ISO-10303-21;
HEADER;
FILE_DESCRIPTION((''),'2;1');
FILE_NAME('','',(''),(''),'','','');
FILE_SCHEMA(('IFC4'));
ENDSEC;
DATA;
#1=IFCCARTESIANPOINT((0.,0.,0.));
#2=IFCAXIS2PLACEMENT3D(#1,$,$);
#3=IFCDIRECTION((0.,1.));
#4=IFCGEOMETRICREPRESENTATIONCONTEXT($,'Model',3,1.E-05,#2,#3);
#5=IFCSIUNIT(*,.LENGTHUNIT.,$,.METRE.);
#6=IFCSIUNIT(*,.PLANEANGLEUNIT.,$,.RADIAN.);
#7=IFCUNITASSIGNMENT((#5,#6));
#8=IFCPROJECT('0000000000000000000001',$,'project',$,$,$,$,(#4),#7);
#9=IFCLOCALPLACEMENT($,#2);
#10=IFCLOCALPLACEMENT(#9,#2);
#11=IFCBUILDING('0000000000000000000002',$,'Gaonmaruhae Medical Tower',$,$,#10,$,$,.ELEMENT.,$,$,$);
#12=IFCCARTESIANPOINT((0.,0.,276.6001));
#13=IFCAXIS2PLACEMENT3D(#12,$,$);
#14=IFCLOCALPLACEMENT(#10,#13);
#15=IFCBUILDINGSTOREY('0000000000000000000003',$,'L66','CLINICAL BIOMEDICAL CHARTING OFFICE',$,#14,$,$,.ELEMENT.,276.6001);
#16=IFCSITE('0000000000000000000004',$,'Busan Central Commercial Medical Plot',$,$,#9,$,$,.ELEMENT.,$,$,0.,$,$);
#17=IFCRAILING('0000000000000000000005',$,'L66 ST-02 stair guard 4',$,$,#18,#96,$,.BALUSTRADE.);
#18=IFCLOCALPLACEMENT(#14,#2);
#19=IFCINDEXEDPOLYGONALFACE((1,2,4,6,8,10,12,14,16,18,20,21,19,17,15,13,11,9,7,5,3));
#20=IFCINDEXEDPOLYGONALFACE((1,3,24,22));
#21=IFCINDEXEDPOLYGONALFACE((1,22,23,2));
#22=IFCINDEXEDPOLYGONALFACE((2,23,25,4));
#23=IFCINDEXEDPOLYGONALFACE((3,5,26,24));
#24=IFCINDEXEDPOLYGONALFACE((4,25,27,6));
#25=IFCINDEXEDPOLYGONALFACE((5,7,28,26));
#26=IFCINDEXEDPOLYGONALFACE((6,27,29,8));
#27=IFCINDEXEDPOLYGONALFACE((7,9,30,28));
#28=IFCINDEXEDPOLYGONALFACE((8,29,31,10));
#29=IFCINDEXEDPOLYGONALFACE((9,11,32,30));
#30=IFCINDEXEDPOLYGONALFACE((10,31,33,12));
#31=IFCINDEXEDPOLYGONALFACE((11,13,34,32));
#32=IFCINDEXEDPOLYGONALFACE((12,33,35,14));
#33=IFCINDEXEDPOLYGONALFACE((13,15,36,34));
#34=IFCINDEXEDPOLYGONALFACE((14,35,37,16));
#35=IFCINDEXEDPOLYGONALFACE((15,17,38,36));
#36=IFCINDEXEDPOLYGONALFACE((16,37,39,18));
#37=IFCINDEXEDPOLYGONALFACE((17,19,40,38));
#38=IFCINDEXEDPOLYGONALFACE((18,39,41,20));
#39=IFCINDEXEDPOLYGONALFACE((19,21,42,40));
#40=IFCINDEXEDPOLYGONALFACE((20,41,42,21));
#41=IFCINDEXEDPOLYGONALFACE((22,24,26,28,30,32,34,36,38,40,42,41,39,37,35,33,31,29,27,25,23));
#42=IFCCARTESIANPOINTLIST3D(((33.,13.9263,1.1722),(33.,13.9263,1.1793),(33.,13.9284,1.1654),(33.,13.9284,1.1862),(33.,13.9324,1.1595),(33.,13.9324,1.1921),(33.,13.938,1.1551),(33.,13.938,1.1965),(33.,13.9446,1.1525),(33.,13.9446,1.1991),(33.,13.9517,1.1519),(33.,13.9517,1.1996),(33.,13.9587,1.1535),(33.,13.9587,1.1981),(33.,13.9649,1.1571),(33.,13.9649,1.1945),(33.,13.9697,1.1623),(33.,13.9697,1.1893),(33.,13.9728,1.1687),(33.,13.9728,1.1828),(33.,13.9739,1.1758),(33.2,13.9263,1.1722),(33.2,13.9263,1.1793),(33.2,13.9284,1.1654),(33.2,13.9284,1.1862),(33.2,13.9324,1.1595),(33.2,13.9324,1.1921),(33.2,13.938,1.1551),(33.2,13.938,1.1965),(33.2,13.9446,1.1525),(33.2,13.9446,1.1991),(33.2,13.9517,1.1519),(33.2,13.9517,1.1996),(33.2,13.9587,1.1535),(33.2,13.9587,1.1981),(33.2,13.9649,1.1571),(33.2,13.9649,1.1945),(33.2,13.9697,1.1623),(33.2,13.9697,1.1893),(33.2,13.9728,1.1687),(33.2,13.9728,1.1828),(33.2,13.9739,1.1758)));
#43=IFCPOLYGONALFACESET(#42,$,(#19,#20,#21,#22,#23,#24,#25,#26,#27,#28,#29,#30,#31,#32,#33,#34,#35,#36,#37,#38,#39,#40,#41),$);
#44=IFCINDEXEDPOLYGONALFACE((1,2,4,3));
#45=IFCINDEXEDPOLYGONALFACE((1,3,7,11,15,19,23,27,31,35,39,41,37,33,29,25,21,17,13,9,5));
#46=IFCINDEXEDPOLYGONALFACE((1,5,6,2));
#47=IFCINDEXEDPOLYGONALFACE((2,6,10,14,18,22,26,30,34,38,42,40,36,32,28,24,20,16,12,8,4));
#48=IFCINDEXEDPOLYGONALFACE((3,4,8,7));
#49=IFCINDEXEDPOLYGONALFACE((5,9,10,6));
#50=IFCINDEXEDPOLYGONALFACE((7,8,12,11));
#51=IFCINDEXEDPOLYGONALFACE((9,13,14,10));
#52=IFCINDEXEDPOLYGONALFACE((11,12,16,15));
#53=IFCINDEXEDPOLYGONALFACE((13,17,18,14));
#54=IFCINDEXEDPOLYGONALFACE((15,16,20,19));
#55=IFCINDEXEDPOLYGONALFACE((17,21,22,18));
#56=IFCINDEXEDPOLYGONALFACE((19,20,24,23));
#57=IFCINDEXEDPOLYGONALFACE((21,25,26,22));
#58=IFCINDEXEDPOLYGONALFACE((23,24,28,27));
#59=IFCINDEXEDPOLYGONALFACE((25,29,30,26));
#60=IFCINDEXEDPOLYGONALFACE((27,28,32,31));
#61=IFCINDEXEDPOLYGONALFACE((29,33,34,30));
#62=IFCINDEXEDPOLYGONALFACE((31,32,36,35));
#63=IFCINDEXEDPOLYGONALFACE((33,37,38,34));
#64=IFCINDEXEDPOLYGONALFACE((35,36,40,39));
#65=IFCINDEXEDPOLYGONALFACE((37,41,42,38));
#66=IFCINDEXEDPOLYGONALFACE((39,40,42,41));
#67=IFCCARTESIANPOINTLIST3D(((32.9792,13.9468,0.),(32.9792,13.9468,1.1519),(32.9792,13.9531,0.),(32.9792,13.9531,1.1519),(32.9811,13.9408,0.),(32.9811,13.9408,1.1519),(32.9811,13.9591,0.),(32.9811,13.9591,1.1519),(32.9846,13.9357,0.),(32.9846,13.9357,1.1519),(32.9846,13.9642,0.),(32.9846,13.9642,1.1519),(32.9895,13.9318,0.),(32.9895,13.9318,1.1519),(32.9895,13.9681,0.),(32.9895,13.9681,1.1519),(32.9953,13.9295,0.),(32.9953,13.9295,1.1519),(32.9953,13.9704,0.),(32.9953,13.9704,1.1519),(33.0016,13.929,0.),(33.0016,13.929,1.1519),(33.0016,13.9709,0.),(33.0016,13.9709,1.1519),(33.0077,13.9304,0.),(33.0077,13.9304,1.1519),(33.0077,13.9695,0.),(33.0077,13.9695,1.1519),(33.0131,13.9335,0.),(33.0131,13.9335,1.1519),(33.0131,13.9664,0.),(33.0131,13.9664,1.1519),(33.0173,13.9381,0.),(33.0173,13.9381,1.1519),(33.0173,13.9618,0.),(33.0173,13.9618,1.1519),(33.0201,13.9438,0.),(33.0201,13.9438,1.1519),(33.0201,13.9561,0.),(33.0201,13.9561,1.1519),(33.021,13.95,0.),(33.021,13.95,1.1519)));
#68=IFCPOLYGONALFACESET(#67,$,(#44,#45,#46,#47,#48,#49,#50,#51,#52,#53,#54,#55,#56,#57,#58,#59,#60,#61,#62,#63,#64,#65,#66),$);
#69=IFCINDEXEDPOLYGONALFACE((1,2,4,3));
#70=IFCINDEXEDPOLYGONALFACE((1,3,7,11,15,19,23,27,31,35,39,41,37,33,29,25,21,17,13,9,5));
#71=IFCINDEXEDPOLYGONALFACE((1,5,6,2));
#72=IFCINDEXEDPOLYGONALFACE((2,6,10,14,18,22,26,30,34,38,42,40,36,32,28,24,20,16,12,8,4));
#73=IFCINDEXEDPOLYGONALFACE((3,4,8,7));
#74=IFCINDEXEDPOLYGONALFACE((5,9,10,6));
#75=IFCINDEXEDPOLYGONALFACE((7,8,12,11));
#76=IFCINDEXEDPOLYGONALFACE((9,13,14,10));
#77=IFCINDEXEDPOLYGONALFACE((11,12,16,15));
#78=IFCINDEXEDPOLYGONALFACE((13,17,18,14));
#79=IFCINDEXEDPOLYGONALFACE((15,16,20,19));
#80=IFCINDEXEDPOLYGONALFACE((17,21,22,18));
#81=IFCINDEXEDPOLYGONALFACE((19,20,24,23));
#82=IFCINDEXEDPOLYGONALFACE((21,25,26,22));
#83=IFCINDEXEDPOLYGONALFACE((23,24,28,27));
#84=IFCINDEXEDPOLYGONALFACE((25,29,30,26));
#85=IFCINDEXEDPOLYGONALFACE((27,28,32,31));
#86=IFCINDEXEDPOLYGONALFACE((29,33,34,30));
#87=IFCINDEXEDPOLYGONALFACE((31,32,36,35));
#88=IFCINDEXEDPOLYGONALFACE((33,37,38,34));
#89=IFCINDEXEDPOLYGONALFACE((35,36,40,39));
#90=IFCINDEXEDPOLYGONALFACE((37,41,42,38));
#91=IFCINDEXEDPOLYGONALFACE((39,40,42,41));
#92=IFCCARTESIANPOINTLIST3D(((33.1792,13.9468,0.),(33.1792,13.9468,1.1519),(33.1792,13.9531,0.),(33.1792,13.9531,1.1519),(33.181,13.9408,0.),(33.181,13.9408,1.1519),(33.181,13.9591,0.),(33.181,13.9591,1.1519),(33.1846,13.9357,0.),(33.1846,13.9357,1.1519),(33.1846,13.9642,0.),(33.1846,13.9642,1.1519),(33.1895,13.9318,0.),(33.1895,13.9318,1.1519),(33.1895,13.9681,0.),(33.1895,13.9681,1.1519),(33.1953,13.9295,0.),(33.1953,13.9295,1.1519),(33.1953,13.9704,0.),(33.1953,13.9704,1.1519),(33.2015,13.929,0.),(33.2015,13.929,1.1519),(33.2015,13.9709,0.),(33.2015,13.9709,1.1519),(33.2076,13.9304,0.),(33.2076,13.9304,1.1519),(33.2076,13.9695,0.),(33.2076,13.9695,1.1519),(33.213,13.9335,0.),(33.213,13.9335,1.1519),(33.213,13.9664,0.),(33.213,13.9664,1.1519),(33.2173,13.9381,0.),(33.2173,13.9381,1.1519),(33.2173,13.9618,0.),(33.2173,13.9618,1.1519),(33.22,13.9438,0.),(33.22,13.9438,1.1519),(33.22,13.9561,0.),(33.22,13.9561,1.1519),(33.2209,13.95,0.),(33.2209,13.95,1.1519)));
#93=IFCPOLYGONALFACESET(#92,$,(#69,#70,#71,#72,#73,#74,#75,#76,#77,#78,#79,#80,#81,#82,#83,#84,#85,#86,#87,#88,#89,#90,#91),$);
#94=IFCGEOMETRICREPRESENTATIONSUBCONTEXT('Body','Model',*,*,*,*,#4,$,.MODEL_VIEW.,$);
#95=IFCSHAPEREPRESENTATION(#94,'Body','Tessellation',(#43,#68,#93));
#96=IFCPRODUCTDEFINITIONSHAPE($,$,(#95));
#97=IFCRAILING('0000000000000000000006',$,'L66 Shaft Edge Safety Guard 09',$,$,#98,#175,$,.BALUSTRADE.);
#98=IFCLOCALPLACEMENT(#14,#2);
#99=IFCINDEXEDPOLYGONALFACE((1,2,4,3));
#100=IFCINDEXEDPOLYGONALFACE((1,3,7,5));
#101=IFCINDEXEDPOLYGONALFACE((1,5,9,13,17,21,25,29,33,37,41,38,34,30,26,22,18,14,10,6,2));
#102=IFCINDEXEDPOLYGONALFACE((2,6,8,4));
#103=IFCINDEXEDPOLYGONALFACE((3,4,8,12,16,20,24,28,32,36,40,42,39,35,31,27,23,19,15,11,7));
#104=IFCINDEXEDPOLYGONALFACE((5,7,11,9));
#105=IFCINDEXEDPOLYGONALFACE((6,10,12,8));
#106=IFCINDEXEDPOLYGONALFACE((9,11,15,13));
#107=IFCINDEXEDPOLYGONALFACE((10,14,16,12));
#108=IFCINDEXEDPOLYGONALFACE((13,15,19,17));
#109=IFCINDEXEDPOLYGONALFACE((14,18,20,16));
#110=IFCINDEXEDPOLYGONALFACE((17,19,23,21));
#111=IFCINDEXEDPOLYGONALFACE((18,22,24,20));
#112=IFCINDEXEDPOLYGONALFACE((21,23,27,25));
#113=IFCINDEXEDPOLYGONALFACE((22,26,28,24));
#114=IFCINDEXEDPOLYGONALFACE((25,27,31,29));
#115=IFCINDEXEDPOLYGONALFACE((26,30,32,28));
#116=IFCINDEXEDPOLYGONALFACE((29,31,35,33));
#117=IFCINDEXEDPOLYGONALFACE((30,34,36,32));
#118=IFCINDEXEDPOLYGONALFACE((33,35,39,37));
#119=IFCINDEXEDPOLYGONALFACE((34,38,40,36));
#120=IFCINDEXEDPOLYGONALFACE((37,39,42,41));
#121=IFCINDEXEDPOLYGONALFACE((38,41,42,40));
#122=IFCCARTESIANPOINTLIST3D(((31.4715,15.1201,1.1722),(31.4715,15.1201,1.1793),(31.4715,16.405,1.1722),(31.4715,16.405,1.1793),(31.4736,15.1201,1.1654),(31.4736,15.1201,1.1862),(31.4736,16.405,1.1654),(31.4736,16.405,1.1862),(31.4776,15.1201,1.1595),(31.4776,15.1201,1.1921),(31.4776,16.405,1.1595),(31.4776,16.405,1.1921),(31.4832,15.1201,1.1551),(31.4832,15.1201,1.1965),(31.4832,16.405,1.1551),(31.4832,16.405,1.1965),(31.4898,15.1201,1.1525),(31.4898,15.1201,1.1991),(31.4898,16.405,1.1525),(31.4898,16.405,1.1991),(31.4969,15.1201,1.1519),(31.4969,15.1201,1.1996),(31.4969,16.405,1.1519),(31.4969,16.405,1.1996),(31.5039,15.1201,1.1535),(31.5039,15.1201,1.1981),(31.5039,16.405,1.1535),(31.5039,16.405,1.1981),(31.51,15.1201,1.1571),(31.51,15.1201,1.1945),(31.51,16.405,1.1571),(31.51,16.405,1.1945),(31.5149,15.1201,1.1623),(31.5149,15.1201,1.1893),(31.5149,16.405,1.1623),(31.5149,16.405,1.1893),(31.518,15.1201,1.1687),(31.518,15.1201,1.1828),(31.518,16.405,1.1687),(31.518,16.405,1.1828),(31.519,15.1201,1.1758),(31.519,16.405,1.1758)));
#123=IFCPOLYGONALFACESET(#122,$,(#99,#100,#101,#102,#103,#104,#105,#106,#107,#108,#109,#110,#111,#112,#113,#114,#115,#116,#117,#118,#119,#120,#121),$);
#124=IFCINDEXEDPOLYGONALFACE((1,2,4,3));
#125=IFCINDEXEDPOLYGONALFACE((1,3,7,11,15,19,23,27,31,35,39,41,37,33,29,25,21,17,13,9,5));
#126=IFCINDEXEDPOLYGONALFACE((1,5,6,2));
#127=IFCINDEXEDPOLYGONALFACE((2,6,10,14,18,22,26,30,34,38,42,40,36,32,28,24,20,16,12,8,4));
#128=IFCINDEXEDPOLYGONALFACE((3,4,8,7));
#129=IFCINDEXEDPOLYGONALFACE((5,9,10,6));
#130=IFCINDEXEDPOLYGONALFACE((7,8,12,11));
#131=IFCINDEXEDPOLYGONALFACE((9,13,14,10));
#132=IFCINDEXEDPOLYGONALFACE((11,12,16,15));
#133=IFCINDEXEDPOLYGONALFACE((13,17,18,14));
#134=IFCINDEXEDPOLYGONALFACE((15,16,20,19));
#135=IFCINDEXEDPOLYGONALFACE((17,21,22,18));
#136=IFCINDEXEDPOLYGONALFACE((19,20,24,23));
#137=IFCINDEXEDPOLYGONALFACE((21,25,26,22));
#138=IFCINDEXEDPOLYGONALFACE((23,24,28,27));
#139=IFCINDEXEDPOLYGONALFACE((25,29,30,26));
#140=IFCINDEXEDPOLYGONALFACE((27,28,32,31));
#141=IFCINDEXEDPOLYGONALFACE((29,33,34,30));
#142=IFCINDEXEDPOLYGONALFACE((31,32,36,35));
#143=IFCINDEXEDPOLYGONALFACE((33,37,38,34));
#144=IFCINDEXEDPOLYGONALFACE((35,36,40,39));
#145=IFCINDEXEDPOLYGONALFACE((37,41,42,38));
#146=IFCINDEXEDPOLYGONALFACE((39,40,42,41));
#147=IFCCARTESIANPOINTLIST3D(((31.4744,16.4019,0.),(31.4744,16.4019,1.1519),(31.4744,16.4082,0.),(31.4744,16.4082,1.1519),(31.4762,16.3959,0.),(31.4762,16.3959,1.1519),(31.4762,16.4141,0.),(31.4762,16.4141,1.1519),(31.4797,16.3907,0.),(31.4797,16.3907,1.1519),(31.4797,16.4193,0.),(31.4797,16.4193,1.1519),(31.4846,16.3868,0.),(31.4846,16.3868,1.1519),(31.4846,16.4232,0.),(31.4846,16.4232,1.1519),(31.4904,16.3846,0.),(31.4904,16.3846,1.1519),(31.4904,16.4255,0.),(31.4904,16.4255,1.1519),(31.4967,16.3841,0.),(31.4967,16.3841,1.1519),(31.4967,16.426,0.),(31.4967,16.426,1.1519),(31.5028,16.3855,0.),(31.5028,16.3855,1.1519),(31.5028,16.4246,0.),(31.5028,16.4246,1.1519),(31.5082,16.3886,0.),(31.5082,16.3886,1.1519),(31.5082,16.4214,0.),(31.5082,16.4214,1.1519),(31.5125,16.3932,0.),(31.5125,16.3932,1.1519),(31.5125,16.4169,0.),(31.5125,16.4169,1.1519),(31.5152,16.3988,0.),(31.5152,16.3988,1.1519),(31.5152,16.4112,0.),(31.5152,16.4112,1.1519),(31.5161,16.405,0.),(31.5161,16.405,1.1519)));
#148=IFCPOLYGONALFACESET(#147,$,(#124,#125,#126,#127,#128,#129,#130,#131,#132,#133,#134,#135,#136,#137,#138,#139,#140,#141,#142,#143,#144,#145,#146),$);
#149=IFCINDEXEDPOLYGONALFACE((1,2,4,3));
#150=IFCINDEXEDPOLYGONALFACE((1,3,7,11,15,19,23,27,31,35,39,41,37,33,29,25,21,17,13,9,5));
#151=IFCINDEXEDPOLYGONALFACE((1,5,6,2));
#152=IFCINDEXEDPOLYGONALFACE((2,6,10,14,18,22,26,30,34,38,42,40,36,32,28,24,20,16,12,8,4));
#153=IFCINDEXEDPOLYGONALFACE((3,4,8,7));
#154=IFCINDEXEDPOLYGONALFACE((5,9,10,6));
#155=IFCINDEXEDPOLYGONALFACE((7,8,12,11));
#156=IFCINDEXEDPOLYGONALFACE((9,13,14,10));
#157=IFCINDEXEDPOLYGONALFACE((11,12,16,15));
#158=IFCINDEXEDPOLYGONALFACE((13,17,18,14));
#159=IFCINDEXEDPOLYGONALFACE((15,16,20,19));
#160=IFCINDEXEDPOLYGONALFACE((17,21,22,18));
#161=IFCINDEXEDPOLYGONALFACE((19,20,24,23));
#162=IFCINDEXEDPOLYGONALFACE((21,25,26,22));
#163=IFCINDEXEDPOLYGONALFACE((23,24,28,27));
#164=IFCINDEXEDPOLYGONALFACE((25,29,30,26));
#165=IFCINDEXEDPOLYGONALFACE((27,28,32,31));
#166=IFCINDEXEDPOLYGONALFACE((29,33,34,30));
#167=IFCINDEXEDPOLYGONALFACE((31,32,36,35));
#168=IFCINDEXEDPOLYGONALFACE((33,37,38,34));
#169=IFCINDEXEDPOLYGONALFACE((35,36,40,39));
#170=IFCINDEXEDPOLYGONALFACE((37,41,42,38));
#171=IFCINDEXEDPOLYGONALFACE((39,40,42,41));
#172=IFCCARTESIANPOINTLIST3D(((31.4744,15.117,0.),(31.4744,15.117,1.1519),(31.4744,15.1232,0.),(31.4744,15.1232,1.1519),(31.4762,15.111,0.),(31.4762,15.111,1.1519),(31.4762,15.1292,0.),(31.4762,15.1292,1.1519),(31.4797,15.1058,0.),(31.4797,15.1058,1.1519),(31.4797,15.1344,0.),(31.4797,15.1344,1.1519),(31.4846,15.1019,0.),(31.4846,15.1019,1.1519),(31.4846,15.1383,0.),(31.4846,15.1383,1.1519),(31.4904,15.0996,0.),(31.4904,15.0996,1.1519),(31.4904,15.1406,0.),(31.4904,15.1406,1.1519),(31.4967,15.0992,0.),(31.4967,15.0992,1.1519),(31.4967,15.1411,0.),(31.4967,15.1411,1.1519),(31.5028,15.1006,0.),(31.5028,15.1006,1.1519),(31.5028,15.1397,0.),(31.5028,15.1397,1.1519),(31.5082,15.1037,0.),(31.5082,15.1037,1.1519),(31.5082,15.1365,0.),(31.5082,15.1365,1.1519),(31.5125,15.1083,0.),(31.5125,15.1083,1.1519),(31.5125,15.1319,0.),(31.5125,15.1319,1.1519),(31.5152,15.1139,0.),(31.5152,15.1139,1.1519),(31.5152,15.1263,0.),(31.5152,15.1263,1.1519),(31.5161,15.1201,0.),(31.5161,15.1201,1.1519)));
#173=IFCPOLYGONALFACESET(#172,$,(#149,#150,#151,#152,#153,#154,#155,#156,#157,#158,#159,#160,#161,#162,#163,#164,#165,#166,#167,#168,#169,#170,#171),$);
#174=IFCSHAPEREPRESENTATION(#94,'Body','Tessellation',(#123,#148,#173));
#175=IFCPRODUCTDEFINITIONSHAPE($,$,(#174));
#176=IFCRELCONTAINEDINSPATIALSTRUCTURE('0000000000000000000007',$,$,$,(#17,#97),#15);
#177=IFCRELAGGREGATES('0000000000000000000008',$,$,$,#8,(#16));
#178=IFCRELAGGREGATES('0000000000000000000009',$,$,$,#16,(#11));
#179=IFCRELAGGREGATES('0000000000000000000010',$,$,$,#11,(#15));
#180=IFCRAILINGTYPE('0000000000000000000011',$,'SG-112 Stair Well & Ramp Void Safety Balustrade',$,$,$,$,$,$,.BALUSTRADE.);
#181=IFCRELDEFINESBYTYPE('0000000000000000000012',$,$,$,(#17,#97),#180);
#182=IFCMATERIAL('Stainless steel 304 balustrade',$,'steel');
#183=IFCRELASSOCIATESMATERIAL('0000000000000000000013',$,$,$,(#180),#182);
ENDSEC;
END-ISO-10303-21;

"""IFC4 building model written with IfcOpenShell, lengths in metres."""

from ifc_helpers import new_model, si_unit, direction, frame, origin, origin_2d, place, context, subcontext, project, spatial, circle, extrude, material, type_object, element, save


model = new_model("IFC4")

# Units and contexts
model_context = context("Model", 3, precision=1e-05, world=origin(), true_north=direction((0.0, 1.0)))
body_context = subcontext(model_context, "Body", "Model", "MODEL_VIEW")
ifc_project = project(units=[si_unit("LENGTHUNIT", "METRE"), si_unit("PLANEANGLEUNIT", "RADIAN")], contexts=[model_context])

# Site, building, storey
site_placement = place(None, origin())
site = spatial("IfcSite", under=ifc_project, at=site_placement, Name="Busan Central Commercial Medical Plot", CompositionType="ELEMENT", RefElevation=0.0)
building_placement = place(site_placement, origin())
building = spatial("IfcBuilding", under=site, at=building_placement, Name="Gaonmaruhae Medical Tower", CompositionType="ELEMENT")
storey_placement = place(building_placement, frame((0.0, 0.0, 276.6001)))
storey = spatial("IfcBuildingStorey", under=building, at=storey_placement, Name="L66", Description="CLINICAL BIOMEDICAL CHARTING OFFICE", CompositionType="ELEMENT", Elevation=276.6001)

# Railings
ifc_material_1 = material(Name="Stainless steel 304 balustrade", Category="steel")
railing_type_1 = type_object("IfcRailingType", Name="SG-112 Stair Well & Ramp Void Safety Balustrade", PredefinedType="BALUSTRADE", material=ifc_material_1)
railing_1_placement = place(storey_placement, frame((33.0, 13.95, 0.0)))
element("IfcRailing", 1, at=railing_1_placement, inside=storey, type_object=railing_type_1, Name="L66 ST-02 stair guard 4", PredefinedType="BALUSTRADE", context=body_context, shape_type="SweptSolid", body=[
    extrude(circle(Radius=0.0239, at=origin_2d()), frame((0.0, 0.0, 1.1758), z_axis=(1.0, 0.0, 0.0), x_axis=(0.0, 1.0, 0.0)), (0.0, 0.0, 1.0), 0.2),
    extrude(circle(Radius=0.021, at=origin_2d()), origin(), (0.0, 0.0, 1.0), 1.1519),
    extrude(circle(Radius=0.021, at=origin_2d()), frame((0.2, 0.0, 0.0)), (0.0, 0.0, 1.0), 1.1519),
])
railing_2_placement = place(storey_placement, frame((31.4951, 16.405, 0.0)))
element("IfcRailing", 2, at=railing_2_placement, inside=storey, type_object=railing_type_1, Name="L66 Shaft Edge Safety Guard 09", PredefinedType="BALUSTRADE", context=body_context, shape_type="SweptSolid", body=[
    extrude(circle(Radius=0.0239, at=origin_2d()), frame((0.0, 0.0, 1.1758), z_axis=(0.0, -1.0, 0.0), x_axis=(1.0, 0.0, 0.0)), (0.0, 0.0, 1.0), 1.2849),
    extrude(circle(Radius=0.021, at=origin_2d()), origin(), (0.0, 0.0, 1.0), 1.1519),
    extrude(circle(Radius=0.021, at=origin_2d()), frame((0.0, -1.2849, 0.0)), (0.0, 0.0, 1.0), 1.1519),
])

save(model, "model.ifc")
